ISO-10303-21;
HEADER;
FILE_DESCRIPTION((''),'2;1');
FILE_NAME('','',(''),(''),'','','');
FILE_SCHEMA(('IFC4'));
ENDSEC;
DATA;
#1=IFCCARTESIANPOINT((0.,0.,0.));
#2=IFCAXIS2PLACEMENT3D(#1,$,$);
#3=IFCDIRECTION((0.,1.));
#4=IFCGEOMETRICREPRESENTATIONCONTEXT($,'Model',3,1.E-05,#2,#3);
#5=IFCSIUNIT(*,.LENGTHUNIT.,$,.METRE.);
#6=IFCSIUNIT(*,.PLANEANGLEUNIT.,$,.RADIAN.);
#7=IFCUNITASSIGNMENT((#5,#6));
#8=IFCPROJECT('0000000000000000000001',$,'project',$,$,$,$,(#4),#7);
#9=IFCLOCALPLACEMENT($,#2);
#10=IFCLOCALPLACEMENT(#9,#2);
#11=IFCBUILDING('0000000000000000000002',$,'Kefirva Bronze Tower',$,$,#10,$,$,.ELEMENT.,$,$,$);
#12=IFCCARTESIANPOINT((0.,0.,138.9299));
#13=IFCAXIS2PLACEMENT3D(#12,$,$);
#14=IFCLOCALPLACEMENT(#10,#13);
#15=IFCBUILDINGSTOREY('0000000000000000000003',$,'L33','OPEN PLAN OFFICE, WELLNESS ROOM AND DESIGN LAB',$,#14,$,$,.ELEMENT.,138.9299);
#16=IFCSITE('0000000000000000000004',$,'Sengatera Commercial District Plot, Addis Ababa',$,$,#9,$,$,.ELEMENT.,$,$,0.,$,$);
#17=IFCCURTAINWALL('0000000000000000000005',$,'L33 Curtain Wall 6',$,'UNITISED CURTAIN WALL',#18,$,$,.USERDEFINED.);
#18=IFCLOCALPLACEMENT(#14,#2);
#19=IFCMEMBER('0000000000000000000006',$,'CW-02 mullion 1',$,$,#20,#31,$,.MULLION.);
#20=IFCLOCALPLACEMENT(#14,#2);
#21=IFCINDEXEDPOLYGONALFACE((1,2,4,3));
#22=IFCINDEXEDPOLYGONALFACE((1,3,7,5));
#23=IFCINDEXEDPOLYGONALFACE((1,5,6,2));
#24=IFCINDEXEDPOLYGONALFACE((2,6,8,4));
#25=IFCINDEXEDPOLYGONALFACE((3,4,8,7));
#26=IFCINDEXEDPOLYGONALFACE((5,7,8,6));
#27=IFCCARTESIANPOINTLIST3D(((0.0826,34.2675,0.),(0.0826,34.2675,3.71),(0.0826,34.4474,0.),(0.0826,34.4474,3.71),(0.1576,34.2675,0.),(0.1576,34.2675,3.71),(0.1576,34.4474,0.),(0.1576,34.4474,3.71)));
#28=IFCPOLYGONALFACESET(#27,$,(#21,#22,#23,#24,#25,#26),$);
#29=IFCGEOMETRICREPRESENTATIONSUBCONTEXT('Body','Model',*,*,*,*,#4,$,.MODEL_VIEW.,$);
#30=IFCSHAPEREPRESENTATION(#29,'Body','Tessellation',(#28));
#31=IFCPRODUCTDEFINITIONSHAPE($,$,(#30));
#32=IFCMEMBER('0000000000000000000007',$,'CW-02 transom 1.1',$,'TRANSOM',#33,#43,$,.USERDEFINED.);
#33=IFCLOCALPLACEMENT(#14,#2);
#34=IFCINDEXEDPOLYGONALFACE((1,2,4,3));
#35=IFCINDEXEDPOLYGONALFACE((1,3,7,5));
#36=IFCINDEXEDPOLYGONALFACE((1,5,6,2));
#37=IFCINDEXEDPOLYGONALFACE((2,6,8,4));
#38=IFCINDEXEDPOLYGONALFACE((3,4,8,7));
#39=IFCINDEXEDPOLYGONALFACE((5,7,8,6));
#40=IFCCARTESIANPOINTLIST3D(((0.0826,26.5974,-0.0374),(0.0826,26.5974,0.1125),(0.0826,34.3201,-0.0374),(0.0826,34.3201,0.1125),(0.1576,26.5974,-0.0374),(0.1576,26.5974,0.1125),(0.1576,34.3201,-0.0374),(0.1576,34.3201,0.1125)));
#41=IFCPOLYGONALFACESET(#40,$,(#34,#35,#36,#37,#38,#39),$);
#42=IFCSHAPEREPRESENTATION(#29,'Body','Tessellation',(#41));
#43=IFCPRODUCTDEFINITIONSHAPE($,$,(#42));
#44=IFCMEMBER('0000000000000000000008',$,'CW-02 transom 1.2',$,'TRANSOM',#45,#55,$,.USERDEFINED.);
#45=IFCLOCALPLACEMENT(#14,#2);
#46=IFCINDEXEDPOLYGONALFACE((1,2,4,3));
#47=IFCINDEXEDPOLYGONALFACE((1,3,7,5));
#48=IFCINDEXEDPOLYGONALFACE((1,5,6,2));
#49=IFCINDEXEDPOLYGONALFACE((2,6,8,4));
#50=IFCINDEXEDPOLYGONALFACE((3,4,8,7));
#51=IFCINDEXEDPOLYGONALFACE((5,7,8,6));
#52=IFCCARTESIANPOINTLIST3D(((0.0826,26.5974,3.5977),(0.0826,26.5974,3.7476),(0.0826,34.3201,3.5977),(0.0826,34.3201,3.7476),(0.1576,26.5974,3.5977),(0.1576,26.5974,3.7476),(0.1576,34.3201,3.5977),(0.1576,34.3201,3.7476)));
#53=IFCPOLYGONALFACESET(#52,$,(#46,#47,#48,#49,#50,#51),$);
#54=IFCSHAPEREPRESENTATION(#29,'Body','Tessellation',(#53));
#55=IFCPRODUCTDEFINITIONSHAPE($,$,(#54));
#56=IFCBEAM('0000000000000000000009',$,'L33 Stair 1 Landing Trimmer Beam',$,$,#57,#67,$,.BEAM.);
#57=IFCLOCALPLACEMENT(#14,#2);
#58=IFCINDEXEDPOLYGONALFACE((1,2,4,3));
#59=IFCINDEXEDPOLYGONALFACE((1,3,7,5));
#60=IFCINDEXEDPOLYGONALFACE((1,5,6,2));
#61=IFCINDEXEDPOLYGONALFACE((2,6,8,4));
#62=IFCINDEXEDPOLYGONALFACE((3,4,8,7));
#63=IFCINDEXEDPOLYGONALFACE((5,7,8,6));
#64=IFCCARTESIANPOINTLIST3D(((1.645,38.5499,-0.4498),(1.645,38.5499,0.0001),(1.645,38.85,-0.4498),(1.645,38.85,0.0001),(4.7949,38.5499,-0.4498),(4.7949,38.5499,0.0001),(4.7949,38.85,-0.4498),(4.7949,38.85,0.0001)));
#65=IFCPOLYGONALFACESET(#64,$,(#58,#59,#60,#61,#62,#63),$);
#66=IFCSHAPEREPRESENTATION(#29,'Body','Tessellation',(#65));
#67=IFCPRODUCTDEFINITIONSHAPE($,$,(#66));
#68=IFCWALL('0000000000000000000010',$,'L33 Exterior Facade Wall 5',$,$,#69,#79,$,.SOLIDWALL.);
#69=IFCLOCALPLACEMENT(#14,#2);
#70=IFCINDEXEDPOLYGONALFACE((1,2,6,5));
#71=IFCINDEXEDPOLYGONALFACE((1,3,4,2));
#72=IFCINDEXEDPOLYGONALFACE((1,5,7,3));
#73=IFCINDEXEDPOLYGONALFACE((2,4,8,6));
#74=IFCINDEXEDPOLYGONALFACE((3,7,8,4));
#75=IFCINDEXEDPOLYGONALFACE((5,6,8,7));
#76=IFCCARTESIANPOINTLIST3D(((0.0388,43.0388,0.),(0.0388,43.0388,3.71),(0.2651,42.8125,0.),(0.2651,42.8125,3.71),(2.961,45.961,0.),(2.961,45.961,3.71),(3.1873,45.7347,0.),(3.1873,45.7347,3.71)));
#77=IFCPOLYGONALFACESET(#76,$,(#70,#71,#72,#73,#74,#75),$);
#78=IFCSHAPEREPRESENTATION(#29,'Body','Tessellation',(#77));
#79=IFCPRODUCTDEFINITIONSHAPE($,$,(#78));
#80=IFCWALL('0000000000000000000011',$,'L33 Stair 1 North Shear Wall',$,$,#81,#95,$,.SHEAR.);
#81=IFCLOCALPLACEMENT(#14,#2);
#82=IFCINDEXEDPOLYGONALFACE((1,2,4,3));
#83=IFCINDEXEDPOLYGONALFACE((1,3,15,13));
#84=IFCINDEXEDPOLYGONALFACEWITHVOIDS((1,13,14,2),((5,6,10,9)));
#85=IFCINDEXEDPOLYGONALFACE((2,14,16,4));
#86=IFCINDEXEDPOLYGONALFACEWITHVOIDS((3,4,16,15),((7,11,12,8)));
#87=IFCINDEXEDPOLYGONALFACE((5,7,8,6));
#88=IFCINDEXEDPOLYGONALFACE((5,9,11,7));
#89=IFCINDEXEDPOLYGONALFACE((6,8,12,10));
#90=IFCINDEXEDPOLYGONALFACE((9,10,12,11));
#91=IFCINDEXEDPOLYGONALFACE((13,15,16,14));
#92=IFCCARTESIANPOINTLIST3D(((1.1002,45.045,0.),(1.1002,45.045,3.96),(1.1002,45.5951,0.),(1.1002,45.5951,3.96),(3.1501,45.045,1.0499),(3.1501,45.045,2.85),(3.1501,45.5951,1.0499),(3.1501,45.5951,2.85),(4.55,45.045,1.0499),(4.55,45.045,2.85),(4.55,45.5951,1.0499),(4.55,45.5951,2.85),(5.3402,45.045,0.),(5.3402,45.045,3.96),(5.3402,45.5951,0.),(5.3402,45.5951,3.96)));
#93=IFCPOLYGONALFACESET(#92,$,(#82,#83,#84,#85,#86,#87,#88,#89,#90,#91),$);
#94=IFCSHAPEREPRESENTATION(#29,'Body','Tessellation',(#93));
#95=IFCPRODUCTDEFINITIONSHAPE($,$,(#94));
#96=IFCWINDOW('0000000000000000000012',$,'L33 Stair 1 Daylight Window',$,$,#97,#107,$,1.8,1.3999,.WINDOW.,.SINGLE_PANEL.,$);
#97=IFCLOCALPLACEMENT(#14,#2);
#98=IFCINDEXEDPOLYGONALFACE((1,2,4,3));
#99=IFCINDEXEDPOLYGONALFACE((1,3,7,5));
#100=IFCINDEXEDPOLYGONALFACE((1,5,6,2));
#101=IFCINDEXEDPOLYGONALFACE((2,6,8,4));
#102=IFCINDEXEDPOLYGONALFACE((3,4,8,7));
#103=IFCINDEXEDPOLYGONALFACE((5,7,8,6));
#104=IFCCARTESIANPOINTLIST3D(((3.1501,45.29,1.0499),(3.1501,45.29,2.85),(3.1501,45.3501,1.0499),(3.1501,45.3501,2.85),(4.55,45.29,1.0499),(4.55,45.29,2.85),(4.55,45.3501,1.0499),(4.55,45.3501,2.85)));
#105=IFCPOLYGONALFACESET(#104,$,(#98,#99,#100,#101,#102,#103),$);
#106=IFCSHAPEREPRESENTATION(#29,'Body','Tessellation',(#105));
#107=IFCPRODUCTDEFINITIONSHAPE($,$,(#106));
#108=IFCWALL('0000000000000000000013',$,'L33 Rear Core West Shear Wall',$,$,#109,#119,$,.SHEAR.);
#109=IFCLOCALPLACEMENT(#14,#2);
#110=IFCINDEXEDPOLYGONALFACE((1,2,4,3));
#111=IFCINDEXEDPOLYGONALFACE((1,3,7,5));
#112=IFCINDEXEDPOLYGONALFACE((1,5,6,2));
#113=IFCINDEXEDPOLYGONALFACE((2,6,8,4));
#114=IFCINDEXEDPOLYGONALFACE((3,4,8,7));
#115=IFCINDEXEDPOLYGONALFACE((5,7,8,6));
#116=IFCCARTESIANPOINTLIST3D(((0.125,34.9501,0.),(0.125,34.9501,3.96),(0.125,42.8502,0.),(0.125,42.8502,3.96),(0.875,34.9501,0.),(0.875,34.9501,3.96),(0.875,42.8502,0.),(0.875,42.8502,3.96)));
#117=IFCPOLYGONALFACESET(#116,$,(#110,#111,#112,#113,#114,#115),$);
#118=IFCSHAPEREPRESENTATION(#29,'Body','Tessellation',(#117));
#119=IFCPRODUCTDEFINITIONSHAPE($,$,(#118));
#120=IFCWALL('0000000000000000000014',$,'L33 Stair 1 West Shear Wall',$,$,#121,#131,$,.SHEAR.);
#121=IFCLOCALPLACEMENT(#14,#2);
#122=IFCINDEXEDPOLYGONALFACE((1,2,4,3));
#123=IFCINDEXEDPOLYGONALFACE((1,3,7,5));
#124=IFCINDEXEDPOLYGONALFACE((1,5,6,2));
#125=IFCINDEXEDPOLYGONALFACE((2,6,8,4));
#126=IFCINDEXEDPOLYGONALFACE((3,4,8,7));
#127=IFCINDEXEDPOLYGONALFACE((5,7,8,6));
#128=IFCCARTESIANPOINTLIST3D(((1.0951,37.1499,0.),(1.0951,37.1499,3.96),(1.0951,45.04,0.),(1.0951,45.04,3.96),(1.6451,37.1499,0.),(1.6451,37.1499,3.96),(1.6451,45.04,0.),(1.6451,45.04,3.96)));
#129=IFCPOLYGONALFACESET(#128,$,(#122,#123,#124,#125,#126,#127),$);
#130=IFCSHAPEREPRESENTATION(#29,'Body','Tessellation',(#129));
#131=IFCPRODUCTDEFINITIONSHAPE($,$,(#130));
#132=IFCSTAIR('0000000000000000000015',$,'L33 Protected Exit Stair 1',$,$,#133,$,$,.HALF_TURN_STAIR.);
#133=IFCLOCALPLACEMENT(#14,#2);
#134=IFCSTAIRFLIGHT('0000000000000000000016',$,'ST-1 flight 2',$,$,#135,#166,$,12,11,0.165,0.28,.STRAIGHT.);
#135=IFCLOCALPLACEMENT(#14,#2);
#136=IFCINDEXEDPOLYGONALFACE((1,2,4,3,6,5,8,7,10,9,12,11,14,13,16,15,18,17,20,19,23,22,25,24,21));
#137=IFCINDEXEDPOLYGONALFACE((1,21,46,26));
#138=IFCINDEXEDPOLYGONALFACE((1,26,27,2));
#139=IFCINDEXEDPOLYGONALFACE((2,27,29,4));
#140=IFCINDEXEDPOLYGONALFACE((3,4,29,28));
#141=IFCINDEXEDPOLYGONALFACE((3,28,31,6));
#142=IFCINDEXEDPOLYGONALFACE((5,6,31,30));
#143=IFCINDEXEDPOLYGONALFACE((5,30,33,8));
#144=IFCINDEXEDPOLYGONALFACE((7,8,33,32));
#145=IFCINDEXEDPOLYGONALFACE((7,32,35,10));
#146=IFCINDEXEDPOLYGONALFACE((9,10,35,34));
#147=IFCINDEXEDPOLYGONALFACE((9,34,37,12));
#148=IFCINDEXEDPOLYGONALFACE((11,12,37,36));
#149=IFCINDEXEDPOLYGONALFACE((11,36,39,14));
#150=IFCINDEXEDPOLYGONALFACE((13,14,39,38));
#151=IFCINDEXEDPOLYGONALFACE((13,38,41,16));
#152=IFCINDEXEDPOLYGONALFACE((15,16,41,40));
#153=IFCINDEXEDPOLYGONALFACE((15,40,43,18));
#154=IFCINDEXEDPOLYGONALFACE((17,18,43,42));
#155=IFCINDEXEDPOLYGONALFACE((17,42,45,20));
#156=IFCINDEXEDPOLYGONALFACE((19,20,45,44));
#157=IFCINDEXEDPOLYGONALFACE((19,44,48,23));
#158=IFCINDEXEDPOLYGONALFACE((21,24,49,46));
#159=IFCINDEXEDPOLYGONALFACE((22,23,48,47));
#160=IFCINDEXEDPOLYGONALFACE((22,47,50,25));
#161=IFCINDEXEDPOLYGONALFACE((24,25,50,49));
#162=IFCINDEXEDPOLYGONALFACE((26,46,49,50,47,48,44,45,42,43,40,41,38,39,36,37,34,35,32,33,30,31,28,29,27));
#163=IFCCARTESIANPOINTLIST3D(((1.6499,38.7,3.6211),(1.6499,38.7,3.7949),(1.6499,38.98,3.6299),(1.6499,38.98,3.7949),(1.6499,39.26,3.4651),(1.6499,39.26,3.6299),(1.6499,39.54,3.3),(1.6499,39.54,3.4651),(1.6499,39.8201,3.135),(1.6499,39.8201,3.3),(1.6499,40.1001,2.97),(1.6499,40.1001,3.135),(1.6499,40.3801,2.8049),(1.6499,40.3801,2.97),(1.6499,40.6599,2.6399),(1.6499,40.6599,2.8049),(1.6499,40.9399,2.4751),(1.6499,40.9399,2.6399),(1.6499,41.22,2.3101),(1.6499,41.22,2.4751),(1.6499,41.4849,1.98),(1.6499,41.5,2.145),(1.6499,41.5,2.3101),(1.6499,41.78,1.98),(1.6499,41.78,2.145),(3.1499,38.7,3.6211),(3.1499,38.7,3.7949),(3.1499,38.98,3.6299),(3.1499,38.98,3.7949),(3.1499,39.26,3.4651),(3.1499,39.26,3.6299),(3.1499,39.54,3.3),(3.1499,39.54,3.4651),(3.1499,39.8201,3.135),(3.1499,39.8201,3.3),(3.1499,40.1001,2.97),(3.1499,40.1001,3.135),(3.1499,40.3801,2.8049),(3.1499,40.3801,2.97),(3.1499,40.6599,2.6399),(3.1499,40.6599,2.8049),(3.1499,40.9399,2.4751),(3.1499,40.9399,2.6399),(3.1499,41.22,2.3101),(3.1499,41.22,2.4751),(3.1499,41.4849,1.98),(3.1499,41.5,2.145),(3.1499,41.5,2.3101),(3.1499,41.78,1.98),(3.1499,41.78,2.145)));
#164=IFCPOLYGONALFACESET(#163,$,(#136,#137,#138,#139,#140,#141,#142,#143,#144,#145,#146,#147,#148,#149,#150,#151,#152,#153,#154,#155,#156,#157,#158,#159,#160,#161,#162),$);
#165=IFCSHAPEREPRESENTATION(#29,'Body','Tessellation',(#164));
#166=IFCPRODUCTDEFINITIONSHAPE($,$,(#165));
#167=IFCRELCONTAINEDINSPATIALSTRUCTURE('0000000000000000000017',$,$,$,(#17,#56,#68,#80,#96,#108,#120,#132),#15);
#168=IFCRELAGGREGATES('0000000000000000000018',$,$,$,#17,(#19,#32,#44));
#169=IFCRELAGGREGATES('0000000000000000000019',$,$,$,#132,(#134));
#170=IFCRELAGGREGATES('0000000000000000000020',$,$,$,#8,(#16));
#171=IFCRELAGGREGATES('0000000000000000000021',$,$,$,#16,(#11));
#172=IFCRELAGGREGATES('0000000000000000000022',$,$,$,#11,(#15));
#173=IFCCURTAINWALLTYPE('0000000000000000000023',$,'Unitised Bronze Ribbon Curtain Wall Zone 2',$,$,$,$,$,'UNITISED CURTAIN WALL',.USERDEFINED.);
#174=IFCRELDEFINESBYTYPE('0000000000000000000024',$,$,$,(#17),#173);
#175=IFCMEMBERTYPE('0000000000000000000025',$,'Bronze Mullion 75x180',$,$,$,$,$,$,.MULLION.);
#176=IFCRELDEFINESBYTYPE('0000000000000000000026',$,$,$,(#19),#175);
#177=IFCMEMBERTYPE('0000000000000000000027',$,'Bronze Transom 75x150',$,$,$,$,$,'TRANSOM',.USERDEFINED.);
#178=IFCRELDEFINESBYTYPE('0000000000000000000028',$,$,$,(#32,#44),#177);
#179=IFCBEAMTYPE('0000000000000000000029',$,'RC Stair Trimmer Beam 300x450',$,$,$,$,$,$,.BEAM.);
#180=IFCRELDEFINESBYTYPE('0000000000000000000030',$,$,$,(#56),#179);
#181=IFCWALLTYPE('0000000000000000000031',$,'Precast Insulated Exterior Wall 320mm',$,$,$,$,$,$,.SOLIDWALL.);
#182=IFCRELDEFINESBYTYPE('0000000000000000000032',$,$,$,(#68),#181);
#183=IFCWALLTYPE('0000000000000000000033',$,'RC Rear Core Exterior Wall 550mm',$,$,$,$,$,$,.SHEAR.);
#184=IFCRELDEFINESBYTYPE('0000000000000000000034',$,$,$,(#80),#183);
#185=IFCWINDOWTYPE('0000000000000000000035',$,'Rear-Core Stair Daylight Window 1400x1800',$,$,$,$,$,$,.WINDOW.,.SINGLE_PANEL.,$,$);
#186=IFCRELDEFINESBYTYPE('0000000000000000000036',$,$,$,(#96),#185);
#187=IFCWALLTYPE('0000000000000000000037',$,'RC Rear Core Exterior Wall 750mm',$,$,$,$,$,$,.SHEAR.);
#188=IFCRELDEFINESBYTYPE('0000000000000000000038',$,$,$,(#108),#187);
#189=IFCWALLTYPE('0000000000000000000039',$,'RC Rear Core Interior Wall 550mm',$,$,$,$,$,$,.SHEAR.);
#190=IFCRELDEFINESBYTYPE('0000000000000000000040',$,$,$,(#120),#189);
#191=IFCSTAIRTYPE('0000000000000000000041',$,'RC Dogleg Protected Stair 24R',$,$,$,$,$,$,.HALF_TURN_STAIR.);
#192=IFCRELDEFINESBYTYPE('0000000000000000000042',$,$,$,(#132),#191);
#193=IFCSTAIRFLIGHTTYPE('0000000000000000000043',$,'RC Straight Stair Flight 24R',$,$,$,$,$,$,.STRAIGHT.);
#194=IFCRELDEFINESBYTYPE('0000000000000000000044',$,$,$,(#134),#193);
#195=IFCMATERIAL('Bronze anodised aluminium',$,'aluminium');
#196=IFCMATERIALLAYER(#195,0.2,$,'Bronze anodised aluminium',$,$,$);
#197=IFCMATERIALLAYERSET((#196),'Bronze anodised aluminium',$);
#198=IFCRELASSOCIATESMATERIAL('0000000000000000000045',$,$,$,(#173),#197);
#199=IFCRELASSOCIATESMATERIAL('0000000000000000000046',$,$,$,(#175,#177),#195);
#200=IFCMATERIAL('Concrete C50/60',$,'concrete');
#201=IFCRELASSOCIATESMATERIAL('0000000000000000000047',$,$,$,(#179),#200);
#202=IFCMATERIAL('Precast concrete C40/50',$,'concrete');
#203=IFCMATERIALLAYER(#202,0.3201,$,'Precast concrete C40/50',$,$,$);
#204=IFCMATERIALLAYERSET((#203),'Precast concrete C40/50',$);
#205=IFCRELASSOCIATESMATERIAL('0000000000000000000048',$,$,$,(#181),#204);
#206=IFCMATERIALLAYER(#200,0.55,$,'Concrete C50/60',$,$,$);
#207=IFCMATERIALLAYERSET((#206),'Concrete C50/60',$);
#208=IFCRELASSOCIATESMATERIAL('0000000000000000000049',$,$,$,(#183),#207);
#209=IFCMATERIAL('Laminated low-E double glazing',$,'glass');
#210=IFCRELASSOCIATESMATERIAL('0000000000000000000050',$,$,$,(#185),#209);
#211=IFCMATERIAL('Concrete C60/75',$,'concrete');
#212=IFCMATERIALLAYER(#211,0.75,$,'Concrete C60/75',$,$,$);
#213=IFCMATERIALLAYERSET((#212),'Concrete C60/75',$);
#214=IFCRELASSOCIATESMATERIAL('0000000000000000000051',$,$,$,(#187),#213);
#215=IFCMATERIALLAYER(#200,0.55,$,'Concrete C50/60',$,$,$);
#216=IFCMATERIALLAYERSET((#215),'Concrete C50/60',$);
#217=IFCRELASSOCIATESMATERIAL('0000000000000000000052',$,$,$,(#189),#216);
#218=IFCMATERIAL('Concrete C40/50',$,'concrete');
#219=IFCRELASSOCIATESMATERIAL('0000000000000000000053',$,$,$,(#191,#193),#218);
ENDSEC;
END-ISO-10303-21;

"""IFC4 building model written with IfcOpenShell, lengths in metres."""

from ifc_helpers import new_model, si_unit, direction, frame, frame_2d, origin, origin_2d, place, context, subcontext, project, spatial, polyline, rectangle, outline, extrude, material, layer, layer_set, material_profile, profile_set, type_object, element, fill, aggregate, save


model = new_model("IFC4")

# Units and contexts
model_context = context("Model", 3, precision=1e-05, world=origin(), true_north=direction((0.0, 1.0)))
body_context = subcontext(model_context, "Body", "Model", "MODEL_VIEW")
ifc_project = project(units=[si_unit("LENGTHUNIT", "METRE"), si_unit("PLANEANGLEUNIT", "RADIAN")], contexts=[model_context])

# Site, building, storey
site_placement = place(None, origin())
site = spatial("IfcSite", under=ifc_project, at=site_placement, Name="Sengatera Commercial District Plot, Addis Ababa", CompositionType="ELEMENT", RefElevation=0.0)
building_placement = place(site_placement, origin())
building = spatial("IfcBuilding", under=site, at=building_placement, Name="Kefirva Bronze Tower", CompositionType="ELEMENT")
storey_placement = place(building_placement, frame((0.0, 0.0, 138.9299)))
storey = spatial("IfcBuildingStorey", under=building, at=storey_placement, Name="L33", Description="OPEN PLAN OFFICE, WELLNESS ROOM AND DESIGN LAB", CompositionType="ELEMENT", Elevation=138.9299)

# Curtain wall, members
ifc_material_1 = material(Name="Bronze anodised aluminium", Category="aluminium")
ifc_layer_1 = layer(ifc_material_1, 0.2, Name="Bronze anodised aluminium")
ifc_layer_set_1 = layer_set([ifc_layer_1], Name="Bronze anodised aluminium")
curtain_wall_type = type_object("IfcCurtainWallType", Name="Unitised Bronze Ribbon Curtain Wall Zone 2", ElementType="UNITISED CURTAIN WALL", PredefinedType="USERDEFINED", material=ifc_layer_set_1)
curtain_wall_placement = place(storey_placement, origin())
curtain_wall = element("IfcCurtainWall", 1, at=curtain_wall_placement, inside=storey, type_object=curtain_wall_type, Name="L33 Curtain Wall 6", ObjectType="UNITISED CURTAIN WALL", PredefinedType="USERDEFINED")
ifc_material_profile_1 = material_profile(ifc_material_1, rectangle(XDim=0.075, YDim=0.1799, at=origin_2d()), Name="ALU 75x180")
ifc_profile_set_1 = profile_set([ifc_material_profile_1], Name="Bronze anodised aluminium")
member_type_1 = type_object("IfcMemberType", Name="Bronze Mullion 75x180", PredefinedType="MULLION", material=ifc_profile_set_1)
member_1_placement = place(storey_placement, frame((0.1201, 34.3574, 0.0), z_axis=(0.0, 0.0, 1.0), x_axis=(1.0, 0.0, 0.0)))
member_1 = element("IfcMember", 2, at=member_1_placement, type_object=member_type_1, Name="CW-02 mullion 1", PredefinedType="MULLION", context=body_context, shape_type="SweptSolid", body=[
    extrude(rectangle(XDim=0.075, YDim=0.1799, at=origin_2d()), origin(), (0.0, 0.0, 1.0), 3.71),
])
ifc_material_profile_2 = material_profile(ifc_material_1, rectangle(XDim=0.075, YDim=0.1499, at=origin_2d()), Name="ALU 75x150")
ifc_profile_set_2 = profile_set([ifc_material_profile_2], Name="Bronze anodised aluminium")
member_type_2 = type_object("IfcMemberType", Name="Bronze Transom 75x150", ElementType="TRANSOM", PredefinedType="USERDEFINED", material=ifc_profile_set_2)
member_2_placement = place(storey_placement, frame((0.1201, 34.3201, 0.0376), z_axis=(0.0, -1.0, 0.0), x_axis=(1.0, 0.0, 0.0)))
member_2 = element("IfcMember", 3, at=member_2_placement, type_object=member_type_2, Name="CW-02 transom 1.1", ObjectType="TRANSOM", PredefinedType="USERDEFINED", context=body_context, shape_type="SweptSolid", body=[
    extrude(rectangle(XDim=0.075, YDim=0.1499, at=origin_2d()), origin(), (0.0, 0.0, 1.0), 7.7227),
])
member_3_placement = place(storey_placement, frame((0.1201, 34.3201, 3.6726), z_axis=(0.0, -1.0, 0.0), x_axis=(1.0, 0.0, 0.0)))
member_3 = element("IfcMember", 4, at=member_3_placement, type_object=member_type_2, Name="CW-02 transom 1.2", ObjectType="TRANSOM", PredefinedType="USERDEFINED", context=body_context, shape_type="SweptSolid", body=[
    extrude(rectangle(XDim=0.075, YDim=0.1499, at=origin_2d()), origin(), (0.0, 0.0, 1.0), 7.7227),
])
aggregate(curtain_wall, [member_1, member_2, member_3])

# Beam
ifc_material_2 = material(Name="Concrete C50/60", Category="concrete")
ifc_material_profile_3 = material_profile(ifc_material_2, rectangle(XDim=0.3, YDim=0.45, at=origin_2d()), Name="RC 300x450")
ifc_profile_set_3 = profile_set([ifc_material_profile_3], Name="Concrete C50/60")
beam_type = type_object("IfcBeamType", Name="RC Stair Trimmer Beam 300x450", PredefinedType="BEAM", material=ifc_profile_set_3)
beam_placement = place(storey_placement, frame((1.645, 38.7, -0.2249), z_axis=(1.0, 0.0, 0.0), x_axis=(0.0, 1.0, 0.0)))
element("IfcBeam", 5, at=beam_placement, inside=storey, type_object=beam_type, Name="L33 Stair 1 Landing Trimmer Beam", PredefinedType="BEAM", context=body_context, shape_type="SweptSolid", body=[
    extrude(rectangle(XDim=0.3, YDim=0.45, at=origin_2d()), origin(), (0.0, 0.0, 1.0), 3.1499),
])

# Wall
ifc_material_3 = material(Name="Precast concrete C40/50", Category="concrete")
ifc_layer_2 = layer(ifc_material_3, 0.3201, Name="Precast concrete C40/50")
ifc_layer_set_2 = layer_set([ifc_layer_2], Name="Precast concrete C40/50")
wall_type_1 = type_object("IfcWallType", Name="Precast Insulated Exterior Wall 320mm", PredefinedType="SOLIDWALL", material=ifc_layer_set_2)
wall_1_placement = place(storey_placement, frame((3.0742, 45.8479, 0.0), z_axis=(0.0, 0.0, 1.0), x_axis=(-0.707107, -0.707107, 0.0)))
element("IfcWall", 6, at=wall_1_placement, inside=storey, type_object=wall_type_1, Name="L33 Exterior Facade Wall 5", PredefinedType="SOLIDWALL", context=body_context, shape_type="SweptSolid", body=[
    extrude(rectangle(XDim=4.1326, YDim=0.3201, at=frame_2d((2.0664, 0.0))), origin(), (0.0, 0.0, 1.0), 3.71),
])

# Wall, opening, window
ifc_layer_3 = layer(ifc_material_2, 0.55, Name="Concrete C50/60")
ifc_layer_set_3 = layer_set([ifc_layer_3], Name="Concrete C50/60")
wall_type_2 = type_object("IfcWallType", Name="RC Rear Core Exterior Wall 550mm", PredefinedType="SHEAR", material=ifc_layer_set_3)
wall_2_placement = place(storey_placement, frame((1.1001, 45.3201, 0.0), z_axis=(0.0, 0.0, 1.0), x_axis=(1.0, 0.0, 0.0)))
wall_2 = element("IfcWall", 7, at=wall_2_placement, inside=storey, type_object=wall_type_2, Name="L33 Stair 1 North Shear Wall", PredefinedType="SHEAR", context=body_context, shape_type="SweptSolid", body=[
    extrude(rectangle(XDim=4.24, YDim=0.55, at=frame_2d((2.1201, 0.0))), origin(), (0.0, 0.0, 1.0), 3.96),
])
opening_1_placement = place(wall_2_placement, frame((2.05, 0.0, 1.05)))
opening_1 = element("IfcOpeningElement", 8, at=opening_1_placement, cuts=wall_2, PredefinedType="OPENING", context=body_context, shape_type="SweptSolid", body=[
    extrude(rectangle(XDim=1.3999, YDim=1.8, at=frame_2d((0.7, 0.8999))), frame((0.0, 0.2852, 0.0), z_axis=(0.0, -1.0, 0.0), x_axis=(1.0, 0.0, 0.0)), (0.0, 0.0, 1.0), 0.5701),
])
ifc_material_4 = material(Name="Laminated low-E double glazing", Category="glass")
window_type = type_object("IfcWindowType", Name="Rear-Core Stair Daylight Window 1400x1800", PartitioningType="SINGLE_PANEL", PredefinedType="WINDOW", material=ifc_material_4)
window_placement = place(opening_1_placement, origin())
window = element("IfcWindow", 9, at=window_placement, inside=storey, type_object=window_type, Name="L33 Stair 1 Daylight Window", OverallHeight=1.8, OverallWidth=1.3999, PartitioningType="SINGLE_PANEL", PredefinedType="WINDOW", context=body_context, shape_type="SweptSolid", body=[
    extrude(rectangle(XDim=1.3999, YDim=1.8, at=frame_2d((0.7, 0.8999))), frame((0.0, 0.03, 0.0), z_axis=(0.0, -1.0, 0.0), x_axis=(1.0, 0.0, 0.0)), (0.0, 0.0, 1.0), 0.0601),
])
fill(opening_1, window)

# Walls
ifc_material_5 = material(Name="Concrete C60/75", Category="concrete")
ifc_layer_4 = layer(ifc_material_5, 0.75, Name="Concrete C60/75")
ifc_layer_set_4 = layer_set([ifc_layer_4], Name="Concrete C60/75")
wall_type_3 = type_object("IfcWallType", Name="RC Rear Core Exterior Wall 750mm", PredefinedType="SHEAR", material=ifc_layer_set_4)
wall_3_placement = place(storey_placement, frame((0.5, 34.95, 0.0), z_axis=(0.0, 0.0, 1.0), x_axis=(0.0, 1.0, 0.0)))
element("IfcWall", 10, at=wall_3_placement, inside=storey, type_object=wall_type_3, Name="L33 Rear Core West Shear Wall", PredefinedType="SHEAR", context=body_context, shape_type="SweptSolid", body=[
    extrude(rectangle(XDim=7.9001, YDim=0.75, at=frame_2d((3.9502, 0.0))), origin(), (0.0, 0.0, 1.0), 3.96),
])
ifc_layer_5 = layer(ifc_material_2, 0.55, Name="Concrete C50/60")
ifc_layer_set_5 = layer_set([ifc_layer_5], Name="Concrete C50/60")
wall_type_4 = type_object("IfcWallType", Name="RC Rear Core Interior Wall 550mm", PredefinedType="SHEAR", material=ifc_layer_set_5)
wall_4_placement = place(storey_placement, frame((1.3701, 37.1499, 0.0), z_axis=(0.0, 0.0, 1.0), x_axis=(0.0, 1.0, 0.0)))
element("IfcWall", 11, at=wall_4_placement, inside=storey, type_object=wall_type_4, Name="L33 Stair 1 West Shear Wall", PredefinedType="SHEAR", context=body_context, shape_type="SweptSolid", body=[
    extrude(rectangle(XDim=7.8901, YDim=0.55, at=frame_2d((3.9451, 0.0))), origin(), (0.0, 0.0, 1.0), 3.96),
])

# Stair, stair flight
ifc_material_6 = material(Name="Concrete C40/50", Category="concrete")
stair_type = type_object("IfcStairType", Name="RC Dogleg Protected Stair 24R", PredefinedType="HALF_TURN_STAIR", material=ifc_material_6)
stair_placement = place(storey_placement, origin())
stair = element("IfcStair", 12, at=stair_placement, inside=storey, type_object=stair_type, Name="L33 Protected Exit Stair 1", PredefinedType="HALF_TURN_STAIR")
stair_flight_type = type_object("IfcStairFlightType", Name="RC Straight Stair Flight 24R", PredefinedType="STRAIGHT", material=ifc_material_6)
stair_flight_placement = place(storey_placement, frame((2.3999, 41.78, 1.98), z_axis=(0.0, 0.0, 1.0), x_axis=(0.0, -1.0, 0.0)))
stair_flight = element("IfcStairFlight", 13, at=stair_flight_placement, type_object=stair_flight_type, Name="ST-1 flight 2", NumberOfRisers=12, NumberOfTreads=11, PredefinedType="STRAIGHT", RiserHeight=0.165, TreadLength=0.28, context=body_context, shape_type="SweptSolid", body=[
    extrude(outline(polyline([(0.0, 0.0), (0.0, 0.165), (0.28, 0.165), (0.28, 0.3301), (0.5601, 0.3301), (0.5601, 0.4951), (0.8401, 0.4951), (0.8401, 0.6599), (1.1201, 0.6599), (1.1201, 0.825), (1.3999, 0.825), (1.3999, 0.99), (1.6799, 0.99), (1.6799, 1.155), (1.96, 1.155), (1.96, 1.3201), (2.24, 1.3201), (2.24, 1.4851), (2.52, 1.4851), (2.52, 1.6499), (2.8, 1.6499), (2.8, 1.8149), (3.0801, 1.8149), (3.0801, 1.98), (3.0801, 1.6411), (0.2952, 0.0), (0.0, 0.0)])), frame((0.0, 0.75, 0.0), z_axis=(0.0, -1.0, 0.0), x_axis=(1.0, 0.0, 0.0)), (0.0, 0.0, 1.0), 1.5),
])
aggregate(stair, [stair_flight])

save(model, "model.ifc")
